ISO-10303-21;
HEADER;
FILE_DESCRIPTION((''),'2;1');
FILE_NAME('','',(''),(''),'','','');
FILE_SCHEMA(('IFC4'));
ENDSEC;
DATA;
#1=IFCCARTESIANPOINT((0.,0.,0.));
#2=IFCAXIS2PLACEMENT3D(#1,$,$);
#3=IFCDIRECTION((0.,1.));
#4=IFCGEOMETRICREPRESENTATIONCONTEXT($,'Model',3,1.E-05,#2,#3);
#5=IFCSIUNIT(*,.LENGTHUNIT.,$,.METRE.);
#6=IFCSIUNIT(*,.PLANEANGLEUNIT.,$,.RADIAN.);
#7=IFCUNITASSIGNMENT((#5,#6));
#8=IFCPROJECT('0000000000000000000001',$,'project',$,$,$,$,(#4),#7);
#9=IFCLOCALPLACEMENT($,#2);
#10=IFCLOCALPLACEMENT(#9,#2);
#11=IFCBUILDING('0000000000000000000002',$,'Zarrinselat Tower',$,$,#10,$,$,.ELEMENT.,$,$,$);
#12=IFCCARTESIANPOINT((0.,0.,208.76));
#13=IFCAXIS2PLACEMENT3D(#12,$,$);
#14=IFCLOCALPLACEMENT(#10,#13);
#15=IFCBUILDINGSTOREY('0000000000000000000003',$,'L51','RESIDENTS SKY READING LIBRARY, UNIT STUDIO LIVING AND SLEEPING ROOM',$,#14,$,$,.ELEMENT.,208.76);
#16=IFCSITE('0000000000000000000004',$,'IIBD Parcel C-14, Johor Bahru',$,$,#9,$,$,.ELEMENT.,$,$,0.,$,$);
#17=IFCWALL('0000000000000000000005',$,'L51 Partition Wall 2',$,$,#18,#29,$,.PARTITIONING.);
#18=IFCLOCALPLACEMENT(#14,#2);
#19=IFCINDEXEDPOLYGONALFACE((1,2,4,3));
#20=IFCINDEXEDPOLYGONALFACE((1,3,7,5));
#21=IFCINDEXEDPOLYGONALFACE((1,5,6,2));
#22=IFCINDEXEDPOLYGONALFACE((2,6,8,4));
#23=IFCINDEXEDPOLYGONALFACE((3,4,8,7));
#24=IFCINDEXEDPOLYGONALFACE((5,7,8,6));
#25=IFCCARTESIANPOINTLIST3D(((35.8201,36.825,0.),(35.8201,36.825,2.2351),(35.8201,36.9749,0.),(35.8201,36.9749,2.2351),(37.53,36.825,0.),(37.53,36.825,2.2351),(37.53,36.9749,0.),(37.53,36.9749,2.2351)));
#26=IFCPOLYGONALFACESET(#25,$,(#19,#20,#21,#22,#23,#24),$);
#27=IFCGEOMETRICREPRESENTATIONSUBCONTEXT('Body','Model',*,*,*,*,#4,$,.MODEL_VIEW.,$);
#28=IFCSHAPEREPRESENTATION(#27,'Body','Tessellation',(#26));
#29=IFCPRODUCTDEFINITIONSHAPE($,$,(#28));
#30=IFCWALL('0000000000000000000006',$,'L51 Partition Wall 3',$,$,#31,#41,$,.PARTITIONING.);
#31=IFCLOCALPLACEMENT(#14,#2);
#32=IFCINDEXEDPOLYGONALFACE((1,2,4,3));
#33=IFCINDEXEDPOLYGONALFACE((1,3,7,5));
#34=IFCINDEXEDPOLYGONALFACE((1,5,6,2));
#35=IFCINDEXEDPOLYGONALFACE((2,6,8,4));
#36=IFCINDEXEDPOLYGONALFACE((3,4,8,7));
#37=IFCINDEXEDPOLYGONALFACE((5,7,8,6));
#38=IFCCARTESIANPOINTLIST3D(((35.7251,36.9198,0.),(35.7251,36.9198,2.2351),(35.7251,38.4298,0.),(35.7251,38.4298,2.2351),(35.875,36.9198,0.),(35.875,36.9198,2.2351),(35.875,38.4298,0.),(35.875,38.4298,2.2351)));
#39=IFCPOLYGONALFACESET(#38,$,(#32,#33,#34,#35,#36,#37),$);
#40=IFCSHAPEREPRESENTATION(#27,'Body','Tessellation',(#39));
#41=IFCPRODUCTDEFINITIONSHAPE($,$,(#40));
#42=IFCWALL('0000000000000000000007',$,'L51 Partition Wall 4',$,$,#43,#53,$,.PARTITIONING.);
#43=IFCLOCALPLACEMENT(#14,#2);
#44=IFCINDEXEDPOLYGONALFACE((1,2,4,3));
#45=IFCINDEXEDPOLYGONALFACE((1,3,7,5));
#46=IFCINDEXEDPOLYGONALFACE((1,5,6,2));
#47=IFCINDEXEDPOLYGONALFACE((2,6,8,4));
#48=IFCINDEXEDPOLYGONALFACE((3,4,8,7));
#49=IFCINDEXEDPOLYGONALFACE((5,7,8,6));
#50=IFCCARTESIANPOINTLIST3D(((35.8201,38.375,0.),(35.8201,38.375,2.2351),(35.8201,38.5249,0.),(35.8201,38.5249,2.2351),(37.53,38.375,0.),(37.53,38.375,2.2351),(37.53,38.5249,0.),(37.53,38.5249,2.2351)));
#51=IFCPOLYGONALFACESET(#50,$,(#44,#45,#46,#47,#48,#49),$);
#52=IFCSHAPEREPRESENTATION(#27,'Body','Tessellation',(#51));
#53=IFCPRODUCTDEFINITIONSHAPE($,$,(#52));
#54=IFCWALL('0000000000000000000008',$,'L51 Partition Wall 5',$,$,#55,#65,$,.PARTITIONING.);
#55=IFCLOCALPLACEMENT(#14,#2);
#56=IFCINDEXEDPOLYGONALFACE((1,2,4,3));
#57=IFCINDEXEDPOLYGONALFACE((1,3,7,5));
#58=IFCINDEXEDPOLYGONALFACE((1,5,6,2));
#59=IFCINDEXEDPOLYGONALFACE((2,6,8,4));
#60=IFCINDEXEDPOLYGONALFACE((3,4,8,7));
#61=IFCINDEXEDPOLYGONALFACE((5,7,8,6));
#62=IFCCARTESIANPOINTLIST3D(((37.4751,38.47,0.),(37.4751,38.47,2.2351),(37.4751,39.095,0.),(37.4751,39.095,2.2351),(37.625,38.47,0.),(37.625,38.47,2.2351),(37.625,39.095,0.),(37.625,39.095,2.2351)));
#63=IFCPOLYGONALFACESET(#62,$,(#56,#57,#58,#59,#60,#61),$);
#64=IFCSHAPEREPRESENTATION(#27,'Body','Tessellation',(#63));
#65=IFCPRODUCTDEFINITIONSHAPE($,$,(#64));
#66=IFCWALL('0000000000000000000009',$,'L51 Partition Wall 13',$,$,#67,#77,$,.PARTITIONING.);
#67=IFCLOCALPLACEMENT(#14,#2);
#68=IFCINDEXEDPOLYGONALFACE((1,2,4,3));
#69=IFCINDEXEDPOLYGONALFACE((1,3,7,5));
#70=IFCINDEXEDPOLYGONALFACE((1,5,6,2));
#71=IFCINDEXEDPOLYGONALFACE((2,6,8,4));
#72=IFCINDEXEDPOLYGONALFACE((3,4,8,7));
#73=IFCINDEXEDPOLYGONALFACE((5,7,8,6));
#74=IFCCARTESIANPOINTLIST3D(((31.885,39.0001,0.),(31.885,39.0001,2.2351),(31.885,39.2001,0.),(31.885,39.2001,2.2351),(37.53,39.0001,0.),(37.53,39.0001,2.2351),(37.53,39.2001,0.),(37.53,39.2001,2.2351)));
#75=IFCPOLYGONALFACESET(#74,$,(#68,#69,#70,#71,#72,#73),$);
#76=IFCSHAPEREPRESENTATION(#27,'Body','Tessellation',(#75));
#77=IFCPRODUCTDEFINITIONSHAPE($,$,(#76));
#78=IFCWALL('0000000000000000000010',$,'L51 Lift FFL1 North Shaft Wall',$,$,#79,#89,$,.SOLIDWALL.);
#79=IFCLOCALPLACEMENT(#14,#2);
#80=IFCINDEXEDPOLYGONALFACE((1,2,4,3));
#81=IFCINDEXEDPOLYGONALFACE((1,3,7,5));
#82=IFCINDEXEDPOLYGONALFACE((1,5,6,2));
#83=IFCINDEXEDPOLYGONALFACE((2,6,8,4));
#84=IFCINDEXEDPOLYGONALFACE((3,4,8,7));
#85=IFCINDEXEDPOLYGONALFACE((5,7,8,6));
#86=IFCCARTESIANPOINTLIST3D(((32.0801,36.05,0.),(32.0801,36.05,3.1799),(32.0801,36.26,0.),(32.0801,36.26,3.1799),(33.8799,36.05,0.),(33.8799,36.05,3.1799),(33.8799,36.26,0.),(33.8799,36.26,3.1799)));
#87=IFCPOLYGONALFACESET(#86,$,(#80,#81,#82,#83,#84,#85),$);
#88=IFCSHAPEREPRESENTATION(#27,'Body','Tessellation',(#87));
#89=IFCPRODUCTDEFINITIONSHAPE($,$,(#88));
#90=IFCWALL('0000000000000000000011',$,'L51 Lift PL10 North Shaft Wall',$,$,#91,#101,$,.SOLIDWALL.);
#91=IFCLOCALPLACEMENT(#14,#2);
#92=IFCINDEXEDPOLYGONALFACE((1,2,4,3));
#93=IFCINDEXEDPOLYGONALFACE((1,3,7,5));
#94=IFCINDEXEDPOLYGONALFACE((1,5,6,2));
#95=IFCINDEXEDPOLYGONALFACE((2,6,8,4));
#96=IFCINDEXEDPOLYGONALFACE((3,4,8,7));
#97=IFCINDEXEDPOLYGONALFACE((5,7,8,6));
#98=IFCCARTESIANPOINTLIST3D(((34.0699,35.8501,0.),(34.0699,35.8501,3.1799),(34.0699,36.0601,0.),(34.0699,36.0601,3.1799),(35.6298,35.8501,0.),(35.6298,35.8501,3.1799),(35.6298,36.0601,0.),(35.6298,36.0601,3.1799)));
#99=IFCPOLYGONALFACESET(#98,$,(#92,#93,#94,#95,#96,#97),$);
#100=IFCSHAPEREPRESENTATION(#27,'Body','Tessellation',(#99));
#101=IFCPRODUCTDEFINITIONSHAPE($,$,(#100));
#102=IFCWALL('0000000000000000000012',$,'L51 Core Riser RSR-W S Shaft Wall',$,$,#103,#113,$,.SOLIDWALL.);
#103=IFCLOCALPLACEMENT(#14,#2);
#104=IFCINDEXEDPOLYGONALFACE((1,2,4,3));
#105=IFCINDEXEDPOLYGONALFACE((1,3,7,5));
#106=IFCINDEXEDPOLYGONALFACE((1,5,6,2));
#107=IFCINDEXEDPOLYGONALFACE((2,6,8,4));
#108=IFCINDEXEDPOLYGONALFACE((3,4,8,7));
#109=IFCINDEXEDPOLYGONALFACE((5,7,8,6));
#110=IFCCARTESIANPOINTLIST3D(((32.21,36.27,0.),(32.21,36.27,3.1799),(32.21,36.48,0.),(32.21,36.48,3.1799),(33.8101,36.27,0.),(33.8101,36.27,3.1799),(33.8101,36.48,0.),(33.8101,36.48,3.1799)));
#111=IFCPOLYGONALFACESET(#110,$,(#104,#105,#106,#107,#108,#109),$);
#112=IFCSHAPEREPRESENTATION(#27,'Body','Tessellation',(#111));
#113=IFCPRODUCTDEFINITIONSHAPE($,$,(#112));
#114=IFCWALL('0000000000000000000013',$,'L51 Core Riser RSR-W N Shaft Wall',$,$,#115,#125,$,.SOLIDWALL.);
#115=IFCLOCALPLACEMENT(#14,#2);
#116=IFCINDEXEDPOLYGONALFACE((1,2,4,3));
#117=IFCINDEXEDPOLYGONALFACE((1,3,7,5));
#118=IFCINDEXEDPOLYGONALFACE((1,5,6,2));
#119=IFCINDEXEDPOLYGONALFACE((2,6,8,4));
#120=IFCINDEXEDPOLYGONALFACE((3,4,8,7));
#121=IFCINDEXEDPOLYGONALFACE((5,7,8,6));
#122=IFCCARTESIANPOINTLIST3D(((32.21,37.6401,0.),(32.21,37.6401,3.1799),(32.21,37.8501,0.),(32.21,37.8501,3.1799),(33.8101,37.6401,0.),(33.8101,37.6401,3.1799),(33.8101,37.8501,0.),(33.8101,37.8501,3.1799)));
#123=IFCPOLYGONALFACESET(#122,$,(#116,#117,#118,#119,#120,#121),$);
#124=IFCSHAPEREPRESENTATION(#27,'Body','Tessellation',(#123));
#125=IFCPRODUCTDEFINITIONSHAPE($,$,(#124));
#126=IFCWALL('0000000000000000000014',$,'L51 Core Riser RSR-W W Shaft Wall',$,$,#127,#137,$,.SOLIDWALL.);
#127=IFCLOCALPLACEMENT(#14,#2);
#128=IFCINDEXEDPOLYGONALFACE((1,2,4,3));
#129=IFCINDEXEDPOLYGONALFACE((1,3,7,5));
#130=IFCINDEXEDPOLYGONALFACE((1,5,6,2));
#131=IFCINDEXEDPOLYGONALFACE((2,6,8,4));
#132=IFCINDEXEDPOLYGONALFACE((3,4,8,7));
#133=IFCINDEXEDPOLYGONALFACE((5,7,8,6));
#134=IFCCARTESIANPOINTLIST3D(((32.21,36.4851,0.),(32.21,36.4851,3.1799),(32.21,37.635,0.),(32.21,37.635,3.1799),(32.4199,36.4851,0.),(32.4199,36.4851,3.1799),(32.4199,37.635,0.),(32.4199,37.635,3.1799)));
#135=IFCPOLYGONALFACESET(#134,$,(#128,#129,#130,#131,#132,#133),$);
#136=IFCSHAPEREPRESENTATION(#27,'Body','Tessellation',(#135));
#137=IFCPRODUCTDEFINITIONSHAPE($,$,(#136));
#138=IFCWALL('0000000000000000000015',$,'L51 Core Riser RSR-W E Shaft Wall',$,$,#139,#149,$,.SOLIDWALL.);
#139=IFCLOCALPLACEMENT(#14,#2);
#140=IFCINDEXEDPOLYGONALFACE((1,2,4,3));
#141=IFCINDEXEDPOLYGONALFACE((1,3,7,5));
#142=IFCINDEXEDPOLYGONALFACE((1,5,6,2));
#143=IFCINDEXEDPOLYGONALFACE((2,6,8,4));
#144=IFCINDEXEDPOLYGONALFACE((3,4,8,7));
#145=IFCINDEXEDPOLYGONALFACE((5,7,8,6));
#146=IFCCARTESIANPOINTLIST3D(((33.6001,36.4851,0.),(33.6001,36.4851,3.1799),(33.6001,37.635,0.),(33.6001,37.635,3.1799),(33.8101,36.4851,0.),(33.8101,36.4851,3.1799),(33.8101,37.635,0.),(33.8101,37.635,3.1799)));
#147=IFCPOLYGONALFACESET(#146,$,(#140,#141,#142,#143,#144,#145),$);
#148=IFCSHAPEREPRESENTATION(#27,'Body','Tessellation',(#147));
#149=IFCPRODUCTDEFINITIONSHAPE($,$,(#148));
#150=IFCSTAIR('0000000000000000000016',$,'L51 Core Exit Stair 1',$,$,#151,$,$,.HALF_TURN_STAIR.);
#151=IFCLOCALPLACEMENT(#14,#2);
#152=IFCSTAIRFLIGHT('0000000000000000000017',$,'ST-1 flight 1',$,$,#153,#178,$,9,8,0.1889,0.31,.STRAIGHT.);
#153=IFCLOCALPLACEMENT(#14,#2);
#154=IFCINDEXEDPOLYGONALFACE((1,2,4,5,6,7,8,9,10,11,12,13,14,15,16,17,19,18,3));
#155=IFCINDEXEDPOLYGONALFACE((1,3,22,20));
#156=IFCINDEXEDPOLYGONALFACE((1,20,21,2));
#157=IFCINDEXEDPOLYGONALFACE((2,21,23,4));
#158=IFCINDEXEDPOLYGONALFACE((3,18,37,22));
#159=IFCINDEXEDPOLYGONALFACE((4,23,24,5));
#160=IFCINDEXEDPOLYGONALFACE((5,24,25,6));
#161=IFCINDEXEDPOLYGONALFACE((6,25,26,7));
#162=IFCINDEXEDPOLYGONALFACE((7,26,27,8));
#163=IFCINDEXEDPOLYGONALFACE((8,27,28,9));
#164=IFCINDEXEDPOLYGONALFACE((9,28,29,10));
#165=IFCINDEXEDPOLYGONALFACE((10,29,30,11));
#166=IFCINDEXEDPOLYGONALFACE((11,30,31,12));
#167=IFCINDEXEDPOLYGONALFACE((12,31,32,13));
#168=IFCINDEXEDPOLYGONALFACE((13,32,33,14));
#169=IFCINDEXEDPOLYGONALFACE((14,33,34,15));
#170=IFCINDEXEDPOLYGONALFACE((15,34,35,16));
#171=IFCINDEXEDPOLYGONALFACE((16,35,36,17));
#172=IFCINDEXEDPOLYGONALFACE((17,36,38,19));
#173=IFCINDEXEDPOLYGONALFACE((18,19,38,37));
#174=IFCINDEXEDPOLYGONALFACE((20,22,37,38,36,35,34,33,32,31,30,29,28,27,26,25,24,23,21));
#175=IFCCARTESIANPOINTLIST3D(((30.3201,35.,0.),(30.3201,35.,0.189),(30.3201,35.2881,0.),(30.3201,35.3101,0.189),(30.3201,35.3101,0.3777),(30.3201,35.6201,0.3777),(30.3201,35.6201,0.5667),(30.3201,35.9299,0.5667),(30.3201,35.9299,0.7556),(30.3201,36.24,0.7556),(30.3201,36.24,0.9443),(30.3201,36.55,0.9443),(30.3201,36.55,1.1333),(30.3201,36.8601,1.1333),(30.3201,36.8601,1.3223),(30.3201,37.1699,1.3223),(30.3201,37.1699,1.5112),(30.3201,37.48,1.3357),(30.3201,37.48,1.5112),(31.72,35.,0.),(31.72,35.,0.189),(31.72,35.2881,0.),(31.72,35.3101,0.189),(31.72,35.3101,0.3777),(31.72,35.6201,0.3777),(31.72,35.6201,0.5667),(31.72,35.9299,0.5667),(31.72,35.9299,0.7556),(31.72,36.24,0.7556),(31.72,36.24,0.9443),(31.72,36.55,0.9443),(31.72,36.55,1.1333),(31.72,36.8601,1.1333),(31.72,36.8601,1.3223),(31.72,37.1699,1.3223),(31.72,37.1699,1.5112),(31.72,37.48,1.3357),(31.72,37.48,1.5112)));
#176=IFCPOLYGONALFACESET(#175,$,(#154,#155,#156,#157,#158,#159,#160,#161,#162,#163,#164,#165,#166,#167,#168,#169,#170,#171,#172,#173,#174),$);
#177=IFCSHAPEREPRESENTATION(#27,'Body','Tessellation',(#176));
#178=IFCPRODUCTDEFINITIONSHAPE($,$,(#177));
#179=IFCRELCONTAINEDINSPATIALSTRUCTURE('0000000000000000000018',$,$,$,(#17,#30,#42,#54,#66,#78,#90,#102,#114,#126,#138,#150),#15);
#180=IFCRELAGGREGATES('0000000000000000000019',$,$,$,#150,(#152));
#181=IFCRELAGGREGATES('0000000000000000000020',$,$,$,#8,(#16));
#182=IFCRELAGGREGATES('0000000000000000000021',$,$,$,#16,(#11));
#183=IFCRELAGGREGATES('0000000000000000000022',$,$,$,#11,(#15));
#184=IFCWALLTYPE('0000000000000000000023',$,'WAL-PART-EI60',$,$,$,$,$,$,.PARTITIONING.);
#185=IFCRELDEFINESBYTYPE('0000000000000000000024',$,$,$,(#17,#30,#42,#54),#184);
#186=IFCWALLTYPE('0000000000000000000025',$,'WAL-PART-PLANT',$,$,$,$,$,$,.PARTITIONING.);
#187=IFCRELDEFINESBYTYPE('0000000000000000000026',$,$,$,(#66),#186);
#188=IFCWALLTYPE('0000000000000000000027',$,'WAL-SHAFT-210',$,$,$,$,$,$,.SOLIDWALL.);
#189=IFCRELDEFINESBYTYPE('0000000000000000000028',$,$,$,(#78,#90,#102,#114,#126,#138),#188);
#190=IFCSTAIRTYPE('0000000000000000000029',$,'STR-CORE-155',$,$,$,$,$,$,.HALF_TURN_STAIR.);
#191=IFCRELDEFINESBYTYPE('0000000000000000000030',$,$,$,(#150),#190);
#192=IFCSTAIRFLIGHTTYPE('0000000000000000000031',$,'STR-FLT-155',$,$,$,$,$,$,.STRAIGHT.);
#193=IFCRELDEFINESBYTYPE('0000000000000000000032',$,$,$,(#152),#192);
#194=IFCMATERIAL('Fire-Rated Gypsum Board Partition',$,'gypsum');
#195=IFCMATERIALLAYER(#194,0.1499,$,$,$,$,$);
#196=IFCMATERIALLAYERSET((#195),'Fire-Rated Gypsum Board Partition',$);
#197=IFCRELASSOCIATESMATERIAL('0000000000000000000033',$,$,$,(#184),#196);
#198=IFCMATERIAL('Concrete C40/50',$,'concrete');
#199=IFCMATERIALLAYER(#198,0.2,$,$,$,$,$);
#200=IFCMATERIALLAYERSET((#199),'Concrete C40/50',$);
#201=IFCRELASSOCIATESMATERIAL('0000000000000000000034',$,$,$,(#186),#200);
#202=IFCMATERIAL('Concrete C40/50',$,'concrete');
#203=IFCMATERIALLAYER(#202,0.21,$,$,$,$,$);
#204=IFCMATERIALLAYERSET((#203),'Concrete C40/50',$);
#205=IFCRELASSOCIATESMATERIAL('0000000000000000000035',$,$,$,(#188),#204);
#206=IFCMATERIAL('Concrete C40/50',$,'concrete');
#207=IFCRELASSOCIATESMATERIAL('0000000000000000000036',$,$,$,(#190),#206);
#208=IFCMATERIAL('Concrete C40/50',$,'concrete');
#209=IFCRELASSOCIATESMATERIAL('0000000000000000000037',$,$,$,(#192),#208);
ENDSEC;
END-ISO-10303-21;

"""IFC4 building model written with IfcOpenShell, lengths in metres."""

from ifc_helpers import new_model, si_unit, direction, frame, frame_2d, origin, place, context, subcontext, project, spatial, polyline, rectangle, outline, extrude, material, layer, layer_set, type_object, element, aggregate, save


model = new_model("IFC4")

# Units and contexts
model_context = context("Model", 3, precision=1e-05, world=origin(), true_north=direction((0.0, 1.0)))
body_context = subcontext(model_context, "Body", "Model", "MODEL_VIEW")
ifc_project = project(units=[si_unit("LENGTHUNIT", "METRE"), si_unit("PLANEANGLEUNIT", "RADIAN")], contexts=[model_context])

# Site, building, storey
site_placement = place(None, origin())
site = spatial("IfcSite", under=ifc_project, at=site_placement, Name="IIBD Parcel C-14, Johor Bahru", CompositionType="ELEMENT", RefElevation=0.0)
building_placement = place(site_placement, origin())
building = spatial("IfcBuilding", under=site, at=building_placement, Name="Zarrinselat Tower", CompositionType="ELEMENT")
storey_placement = place(building_placement, frame((0.0, 0.0, 208.76)))
storey = spatial("IfcBuildingStorey", under=building, at=storey_placement, Name="L51", Description="RESIDENTS SKY READING LIBRARY, UNIT STUDIO LIVING AND SLEEPING ROOM", CompositionType="ELEMENT", Elevation=208.76)

# Walls
ifc_material_1 = material(Name="Fire-Rated Gypsum Board Partition", Category="gypsum")
ifc_layer_1 = layer(ifc_material_1, 0.1499)
ifc_layer_set_1 = layer_set([ifc_layer_1], Name="Fire-Rated Gypsum Board Partition")
wall_type_1 = type_object("IfcWallType", Name="WAL-PART-EI60", PredefinedType="PARTITIONING", material=ifc_layer_set_1)
wall_1_placement = place(storey_placement, frame((35.8201, 36.8999, 0.0), z_axis=(0.0, 0.0, 1.0), x_axis=(1.0, 0.0, 0.0)))
element("IfcWall", 1, at=wall_1_placement, inside=storey, type_object=wall_type_1, Name="L51 Partition Wall 2", PredefinedType="PARTITIONING", context=body_context, shape_type="SweptSolid", body=[
    extrude(rectangle(XDim=1.71, YDim=0.1499, at=frame_2d((0.855, 0.0))), origin(), (0.0, 0.0, 1.0), 2.2351),
])
wall_2_placement = place(storey_placement, frame((35.8, 36.9199, 0.0), z_axis=(0.0, 0.0, 1.0), x_axis=(0.0, 1.0, 0.0)))
element("IfcWall", 2, at=wall_2_placement, inside=storey, type_object=wall_type_1, Name="L51 Partition Wall 3", PredefinedType="PARTITIONING", context=body_context, shape_type="SweptSolid", body=[
    extrude(rectangle(XDim=1.51, YDim=0.1499, at=frame_2d((0.7549, 0.0))), origin(), (0.0, 0.0, 1.0), 2.2351),
])
wall_3_placement = place(storey_placement, frame((35.8201, 38.45, 0.0), z_axis=(0.0, 0.0, 1.0), x_axis=(1.0, 0.0, 0.0)))
element("IfcWall", 3, at=wall_3_placement, inside=storey, type_object=wall_type_1, Name="L51 Partition Wall 4", PredefinedType="PARTITIONING", context=body_context, shape_type="SweptSolid", body=[
    extrude(rectangle(XDim=1.71, YDim=0.1499, at=frame_2d((0.855, 0.0))), origin(), (0.0, 0.0, 1.0), 2.2351),
])
wall_4_placement = place(storey_placement, frame((37.55, 38.47, 0.0), z_axis=(0.0, 0.0, 1.0), x_axis=(0.0, 1.0, 0.0)))
element("IfcWall", 4, at=wall_4_placement, inside=storey, type_object=wall_type_1, Name="L51 Partition Wall 5", PredefinedType="PARTITIONING", context=body_context, shape_type="SweptSolid", body=[
    extrude(rectangle(XDim=0.625, YDim=0.1499, at=frame_2d((0.3125, 0.0))), origin(), (0.0, 0.0, 1.0), 2.2351),
])
ifc_material_2 = material(Name="Concrete C40/50", Category="concrete")
ifc_layer_2 = layer(ifc_material_2, 0.2)
ifc_layer_set_2 = layer_set([ifc_layer_2], Name="Concrete C40/50")
wall_type_2 = type_object("IfcWallType", Name="WAL-PART-PLANT", PredefinedType="PARTITIONING", material=ifc_layer_set_2)
wall_5_placement = place(storey_placement, frame((31.885, 39.1001, 0.0), z_axis=(0.0, 0.0, 1.0), x_axis=(1.0, 0.0, 0.0)))
element("IfcWall", 5, at=wall_5_placement, inside=storey, type_object=wall_type_2, Name="L51 Partition Wall 13", PredefinedType="PARTITIONING", context=body_context, shape_type="SweptSolid", body=[
    extrude(rectangle(XDim=5.645, YDim=0.2, at=frame_2d((2.8225, 0.0))), origin(), (0.0, 0.0, 1.0), 2.2351),
])
ifc_material_3 = material(Name="Concrete C40/50", Category="concrete")
ifc_layer_3 = layer(ifc_material_3, 0.21)
ifc_layer_set_3 = layer_set([ifc_layer_3], Name="Concrete C40/50")
wall_type_3 = type_object("IfcWallType", Name="WAL-SHAFT-210", PredefinedType="SOLIDWALL", material=ifc_layer_set_3)
wall_6_placement = place(storey_placement, frame((32.0801, 36.155, 0.0), z_axis=(0.0, 0.0, 1.0), x_axis=(1.0, 0.0, 0.0)))
element("IfcWall", 6, at=wall_6_placement, inside=storey, type_object=wall_type_3, Name="L51 Lift FFL1 North Shaft Wall", PredefinedType="SOLIDWALL", context=body_context, shape_type="SweptSolid", body=[
    extrude(rectangle(XDim=1.7998, YDim=0.21, at=frame_2d((0.8999, 0.0))), origin(), (0.0, 0.0, 1.0), 3.1799),
])
wall_7_placement = place(storey_placement, frame((34.0701, 35.9551, 0.0), z_axis=(0.0, 0.0, 1.0), x_axis=(1.0, 0.0, 0.0)))
element("IfcWall", 7, at=wall_7_placement, inside=storey, type_object=wall_type_3, Name="L51 Lift PL10 North Shaft Wall", PredefinedType="SOLIDWALL", context=body_context, shape_type="SweptSolid", body=[
    extrude(rectangle(XDim=1.5598, YDim=0.21, at=frame_2d((0.7798, 0.0))), origin(), (0.0, 0.0, 1.0), 3.1799),
])
for number, where, z_axis, x_axis, name in (
    (8, (32.21, 36.375, 0.0), (0.0, 0.0, 1.0), (1.0, 0.0, 0.0), "L51 Core Riser RSR-W S Shaft Wall"),
    (9, (32.21, 37.7451, 0.0), (0.0, 0.0, 1.0), (1.0, 0.0, 0.0), "L51 Core Riser RSR-W N Shaft Wall"),
):
    element("IfcWall", number, at=place(storey_placement, frame(where, z_axis=z_axis, x_axis=x_axis)), inside=storey, type_object=wall_type_3, Name=name, PredefinedType="SOLIDWALL", context=body_context, shape_type="SweptSolid", body=[
        extrude(rectangle(XDim=1.6001, YDim=0.21, at=frame_2d((0.8, 0.0))), origin(), (0.0, 0.0, 1.0), 3.1799),
    ])
for number, where, z_axis, x_axis, name in (
    (10, (32.3149, 36.4851, 0.0), (0.0, 0.0, 1.0), (0.0, 1.0, 0.0), "L51 Core Riser RSR-W W Shaft Wall"),
    (11, (33.7051, 36.4851, 0.0), (0.0, 0.0, 1.0), (0.0, 1.0, 0.0), "L51 Core Riser RSR-W E Shaft Wall"),
):
    element("IfcWall", number, at=place(storey_placement, frame(where, z_axis=z_axis, x_axis=x_axis)), inside=storey, type_object=wall_type_3, Name=name, PredefinedType="SOLIDWALL", context=body_context, shape_type="SweptSolid", body=[
        extrude(rectangle(XDim=1.1499, YDim=0.21, at=frame_2d((0.575, 0.0))), origin(), (0.0, 0.0, 1.0), 3.1799),
    ])

# Stair, stair flight
ifc_material_4 = material(Name="Concrete C40/50", Category="concrete")
stair_type = type_object("IfcStairType", Name="STR-CORE-155", PredefinedType="HALF_TURN_STAIR", material=ifc_material_4)
stair_placement = place(storey_placement, origin())
stair = element("IfcStair", 12, at=stair_placement, inside=storey, type_object=stair_type, Name="L51 Core Exit Stair 1", PredefinedType="HALF_TURN_STAIR")
ifc_material_5 = material(Name="Concrete C40/50", Category="concrete")
stair_flight_type = type_object("IfcStairFlightType", Name="STR-FLT-155", PredefinedType="STRAIGHT", material=ifc_material_5)
stair_flight_1_placement = place(storey_placement, frame((31.02, 35.0, 0.0), z_axis=(0.0, 0.0, 1.0), x_axis=(0.0, 1.0, 0.0)))
stair_flight_1 = element("IfcStairFlight", 13, at=stair_flight_1_placement, type_object=stair_flight_type, Name="ST-1 flight 1", NumberOfRisers=9, NumberOfTreads=8, PredefinedType="STRAIGHT", RiserHeight=0.1889, TreadLength=0.31, context=body_context, shape_type="SweptSolid", body=[
    extrude(outline(polyline([(0.0, 0.0), (0.0, 0.189), (0.3101, 0.189), (0.3101, 0.3777), (0.6201, 0.3777), (0.6201, 0.5667), (0.9299, 0.5667), (0.9299, 0.7556), (1.24, 0.7556), (1.24, 0.9443), (1.55, 0.9443), (1.55, 1.1333), (1.8601, 1.1333), (1.8601, 1.3223), (2.1699, 1.3223), (2.1699, 1.5112), (2.48, 1.5112), (2.48, 1.7), (2.48, 1.3357), (0.2881, 0.0), (0.0, 0.0)])), frame((0.0, 0.7, 0.0), z_axis=(0.0, -1.0, 0.0), x_axis=(1.0, 0.0, 0.0)), (0.0, 0.0, 1.0), 1.3999),
])
aggregate(stair, [stair_flight_1])

save(model, "model.ifc")
